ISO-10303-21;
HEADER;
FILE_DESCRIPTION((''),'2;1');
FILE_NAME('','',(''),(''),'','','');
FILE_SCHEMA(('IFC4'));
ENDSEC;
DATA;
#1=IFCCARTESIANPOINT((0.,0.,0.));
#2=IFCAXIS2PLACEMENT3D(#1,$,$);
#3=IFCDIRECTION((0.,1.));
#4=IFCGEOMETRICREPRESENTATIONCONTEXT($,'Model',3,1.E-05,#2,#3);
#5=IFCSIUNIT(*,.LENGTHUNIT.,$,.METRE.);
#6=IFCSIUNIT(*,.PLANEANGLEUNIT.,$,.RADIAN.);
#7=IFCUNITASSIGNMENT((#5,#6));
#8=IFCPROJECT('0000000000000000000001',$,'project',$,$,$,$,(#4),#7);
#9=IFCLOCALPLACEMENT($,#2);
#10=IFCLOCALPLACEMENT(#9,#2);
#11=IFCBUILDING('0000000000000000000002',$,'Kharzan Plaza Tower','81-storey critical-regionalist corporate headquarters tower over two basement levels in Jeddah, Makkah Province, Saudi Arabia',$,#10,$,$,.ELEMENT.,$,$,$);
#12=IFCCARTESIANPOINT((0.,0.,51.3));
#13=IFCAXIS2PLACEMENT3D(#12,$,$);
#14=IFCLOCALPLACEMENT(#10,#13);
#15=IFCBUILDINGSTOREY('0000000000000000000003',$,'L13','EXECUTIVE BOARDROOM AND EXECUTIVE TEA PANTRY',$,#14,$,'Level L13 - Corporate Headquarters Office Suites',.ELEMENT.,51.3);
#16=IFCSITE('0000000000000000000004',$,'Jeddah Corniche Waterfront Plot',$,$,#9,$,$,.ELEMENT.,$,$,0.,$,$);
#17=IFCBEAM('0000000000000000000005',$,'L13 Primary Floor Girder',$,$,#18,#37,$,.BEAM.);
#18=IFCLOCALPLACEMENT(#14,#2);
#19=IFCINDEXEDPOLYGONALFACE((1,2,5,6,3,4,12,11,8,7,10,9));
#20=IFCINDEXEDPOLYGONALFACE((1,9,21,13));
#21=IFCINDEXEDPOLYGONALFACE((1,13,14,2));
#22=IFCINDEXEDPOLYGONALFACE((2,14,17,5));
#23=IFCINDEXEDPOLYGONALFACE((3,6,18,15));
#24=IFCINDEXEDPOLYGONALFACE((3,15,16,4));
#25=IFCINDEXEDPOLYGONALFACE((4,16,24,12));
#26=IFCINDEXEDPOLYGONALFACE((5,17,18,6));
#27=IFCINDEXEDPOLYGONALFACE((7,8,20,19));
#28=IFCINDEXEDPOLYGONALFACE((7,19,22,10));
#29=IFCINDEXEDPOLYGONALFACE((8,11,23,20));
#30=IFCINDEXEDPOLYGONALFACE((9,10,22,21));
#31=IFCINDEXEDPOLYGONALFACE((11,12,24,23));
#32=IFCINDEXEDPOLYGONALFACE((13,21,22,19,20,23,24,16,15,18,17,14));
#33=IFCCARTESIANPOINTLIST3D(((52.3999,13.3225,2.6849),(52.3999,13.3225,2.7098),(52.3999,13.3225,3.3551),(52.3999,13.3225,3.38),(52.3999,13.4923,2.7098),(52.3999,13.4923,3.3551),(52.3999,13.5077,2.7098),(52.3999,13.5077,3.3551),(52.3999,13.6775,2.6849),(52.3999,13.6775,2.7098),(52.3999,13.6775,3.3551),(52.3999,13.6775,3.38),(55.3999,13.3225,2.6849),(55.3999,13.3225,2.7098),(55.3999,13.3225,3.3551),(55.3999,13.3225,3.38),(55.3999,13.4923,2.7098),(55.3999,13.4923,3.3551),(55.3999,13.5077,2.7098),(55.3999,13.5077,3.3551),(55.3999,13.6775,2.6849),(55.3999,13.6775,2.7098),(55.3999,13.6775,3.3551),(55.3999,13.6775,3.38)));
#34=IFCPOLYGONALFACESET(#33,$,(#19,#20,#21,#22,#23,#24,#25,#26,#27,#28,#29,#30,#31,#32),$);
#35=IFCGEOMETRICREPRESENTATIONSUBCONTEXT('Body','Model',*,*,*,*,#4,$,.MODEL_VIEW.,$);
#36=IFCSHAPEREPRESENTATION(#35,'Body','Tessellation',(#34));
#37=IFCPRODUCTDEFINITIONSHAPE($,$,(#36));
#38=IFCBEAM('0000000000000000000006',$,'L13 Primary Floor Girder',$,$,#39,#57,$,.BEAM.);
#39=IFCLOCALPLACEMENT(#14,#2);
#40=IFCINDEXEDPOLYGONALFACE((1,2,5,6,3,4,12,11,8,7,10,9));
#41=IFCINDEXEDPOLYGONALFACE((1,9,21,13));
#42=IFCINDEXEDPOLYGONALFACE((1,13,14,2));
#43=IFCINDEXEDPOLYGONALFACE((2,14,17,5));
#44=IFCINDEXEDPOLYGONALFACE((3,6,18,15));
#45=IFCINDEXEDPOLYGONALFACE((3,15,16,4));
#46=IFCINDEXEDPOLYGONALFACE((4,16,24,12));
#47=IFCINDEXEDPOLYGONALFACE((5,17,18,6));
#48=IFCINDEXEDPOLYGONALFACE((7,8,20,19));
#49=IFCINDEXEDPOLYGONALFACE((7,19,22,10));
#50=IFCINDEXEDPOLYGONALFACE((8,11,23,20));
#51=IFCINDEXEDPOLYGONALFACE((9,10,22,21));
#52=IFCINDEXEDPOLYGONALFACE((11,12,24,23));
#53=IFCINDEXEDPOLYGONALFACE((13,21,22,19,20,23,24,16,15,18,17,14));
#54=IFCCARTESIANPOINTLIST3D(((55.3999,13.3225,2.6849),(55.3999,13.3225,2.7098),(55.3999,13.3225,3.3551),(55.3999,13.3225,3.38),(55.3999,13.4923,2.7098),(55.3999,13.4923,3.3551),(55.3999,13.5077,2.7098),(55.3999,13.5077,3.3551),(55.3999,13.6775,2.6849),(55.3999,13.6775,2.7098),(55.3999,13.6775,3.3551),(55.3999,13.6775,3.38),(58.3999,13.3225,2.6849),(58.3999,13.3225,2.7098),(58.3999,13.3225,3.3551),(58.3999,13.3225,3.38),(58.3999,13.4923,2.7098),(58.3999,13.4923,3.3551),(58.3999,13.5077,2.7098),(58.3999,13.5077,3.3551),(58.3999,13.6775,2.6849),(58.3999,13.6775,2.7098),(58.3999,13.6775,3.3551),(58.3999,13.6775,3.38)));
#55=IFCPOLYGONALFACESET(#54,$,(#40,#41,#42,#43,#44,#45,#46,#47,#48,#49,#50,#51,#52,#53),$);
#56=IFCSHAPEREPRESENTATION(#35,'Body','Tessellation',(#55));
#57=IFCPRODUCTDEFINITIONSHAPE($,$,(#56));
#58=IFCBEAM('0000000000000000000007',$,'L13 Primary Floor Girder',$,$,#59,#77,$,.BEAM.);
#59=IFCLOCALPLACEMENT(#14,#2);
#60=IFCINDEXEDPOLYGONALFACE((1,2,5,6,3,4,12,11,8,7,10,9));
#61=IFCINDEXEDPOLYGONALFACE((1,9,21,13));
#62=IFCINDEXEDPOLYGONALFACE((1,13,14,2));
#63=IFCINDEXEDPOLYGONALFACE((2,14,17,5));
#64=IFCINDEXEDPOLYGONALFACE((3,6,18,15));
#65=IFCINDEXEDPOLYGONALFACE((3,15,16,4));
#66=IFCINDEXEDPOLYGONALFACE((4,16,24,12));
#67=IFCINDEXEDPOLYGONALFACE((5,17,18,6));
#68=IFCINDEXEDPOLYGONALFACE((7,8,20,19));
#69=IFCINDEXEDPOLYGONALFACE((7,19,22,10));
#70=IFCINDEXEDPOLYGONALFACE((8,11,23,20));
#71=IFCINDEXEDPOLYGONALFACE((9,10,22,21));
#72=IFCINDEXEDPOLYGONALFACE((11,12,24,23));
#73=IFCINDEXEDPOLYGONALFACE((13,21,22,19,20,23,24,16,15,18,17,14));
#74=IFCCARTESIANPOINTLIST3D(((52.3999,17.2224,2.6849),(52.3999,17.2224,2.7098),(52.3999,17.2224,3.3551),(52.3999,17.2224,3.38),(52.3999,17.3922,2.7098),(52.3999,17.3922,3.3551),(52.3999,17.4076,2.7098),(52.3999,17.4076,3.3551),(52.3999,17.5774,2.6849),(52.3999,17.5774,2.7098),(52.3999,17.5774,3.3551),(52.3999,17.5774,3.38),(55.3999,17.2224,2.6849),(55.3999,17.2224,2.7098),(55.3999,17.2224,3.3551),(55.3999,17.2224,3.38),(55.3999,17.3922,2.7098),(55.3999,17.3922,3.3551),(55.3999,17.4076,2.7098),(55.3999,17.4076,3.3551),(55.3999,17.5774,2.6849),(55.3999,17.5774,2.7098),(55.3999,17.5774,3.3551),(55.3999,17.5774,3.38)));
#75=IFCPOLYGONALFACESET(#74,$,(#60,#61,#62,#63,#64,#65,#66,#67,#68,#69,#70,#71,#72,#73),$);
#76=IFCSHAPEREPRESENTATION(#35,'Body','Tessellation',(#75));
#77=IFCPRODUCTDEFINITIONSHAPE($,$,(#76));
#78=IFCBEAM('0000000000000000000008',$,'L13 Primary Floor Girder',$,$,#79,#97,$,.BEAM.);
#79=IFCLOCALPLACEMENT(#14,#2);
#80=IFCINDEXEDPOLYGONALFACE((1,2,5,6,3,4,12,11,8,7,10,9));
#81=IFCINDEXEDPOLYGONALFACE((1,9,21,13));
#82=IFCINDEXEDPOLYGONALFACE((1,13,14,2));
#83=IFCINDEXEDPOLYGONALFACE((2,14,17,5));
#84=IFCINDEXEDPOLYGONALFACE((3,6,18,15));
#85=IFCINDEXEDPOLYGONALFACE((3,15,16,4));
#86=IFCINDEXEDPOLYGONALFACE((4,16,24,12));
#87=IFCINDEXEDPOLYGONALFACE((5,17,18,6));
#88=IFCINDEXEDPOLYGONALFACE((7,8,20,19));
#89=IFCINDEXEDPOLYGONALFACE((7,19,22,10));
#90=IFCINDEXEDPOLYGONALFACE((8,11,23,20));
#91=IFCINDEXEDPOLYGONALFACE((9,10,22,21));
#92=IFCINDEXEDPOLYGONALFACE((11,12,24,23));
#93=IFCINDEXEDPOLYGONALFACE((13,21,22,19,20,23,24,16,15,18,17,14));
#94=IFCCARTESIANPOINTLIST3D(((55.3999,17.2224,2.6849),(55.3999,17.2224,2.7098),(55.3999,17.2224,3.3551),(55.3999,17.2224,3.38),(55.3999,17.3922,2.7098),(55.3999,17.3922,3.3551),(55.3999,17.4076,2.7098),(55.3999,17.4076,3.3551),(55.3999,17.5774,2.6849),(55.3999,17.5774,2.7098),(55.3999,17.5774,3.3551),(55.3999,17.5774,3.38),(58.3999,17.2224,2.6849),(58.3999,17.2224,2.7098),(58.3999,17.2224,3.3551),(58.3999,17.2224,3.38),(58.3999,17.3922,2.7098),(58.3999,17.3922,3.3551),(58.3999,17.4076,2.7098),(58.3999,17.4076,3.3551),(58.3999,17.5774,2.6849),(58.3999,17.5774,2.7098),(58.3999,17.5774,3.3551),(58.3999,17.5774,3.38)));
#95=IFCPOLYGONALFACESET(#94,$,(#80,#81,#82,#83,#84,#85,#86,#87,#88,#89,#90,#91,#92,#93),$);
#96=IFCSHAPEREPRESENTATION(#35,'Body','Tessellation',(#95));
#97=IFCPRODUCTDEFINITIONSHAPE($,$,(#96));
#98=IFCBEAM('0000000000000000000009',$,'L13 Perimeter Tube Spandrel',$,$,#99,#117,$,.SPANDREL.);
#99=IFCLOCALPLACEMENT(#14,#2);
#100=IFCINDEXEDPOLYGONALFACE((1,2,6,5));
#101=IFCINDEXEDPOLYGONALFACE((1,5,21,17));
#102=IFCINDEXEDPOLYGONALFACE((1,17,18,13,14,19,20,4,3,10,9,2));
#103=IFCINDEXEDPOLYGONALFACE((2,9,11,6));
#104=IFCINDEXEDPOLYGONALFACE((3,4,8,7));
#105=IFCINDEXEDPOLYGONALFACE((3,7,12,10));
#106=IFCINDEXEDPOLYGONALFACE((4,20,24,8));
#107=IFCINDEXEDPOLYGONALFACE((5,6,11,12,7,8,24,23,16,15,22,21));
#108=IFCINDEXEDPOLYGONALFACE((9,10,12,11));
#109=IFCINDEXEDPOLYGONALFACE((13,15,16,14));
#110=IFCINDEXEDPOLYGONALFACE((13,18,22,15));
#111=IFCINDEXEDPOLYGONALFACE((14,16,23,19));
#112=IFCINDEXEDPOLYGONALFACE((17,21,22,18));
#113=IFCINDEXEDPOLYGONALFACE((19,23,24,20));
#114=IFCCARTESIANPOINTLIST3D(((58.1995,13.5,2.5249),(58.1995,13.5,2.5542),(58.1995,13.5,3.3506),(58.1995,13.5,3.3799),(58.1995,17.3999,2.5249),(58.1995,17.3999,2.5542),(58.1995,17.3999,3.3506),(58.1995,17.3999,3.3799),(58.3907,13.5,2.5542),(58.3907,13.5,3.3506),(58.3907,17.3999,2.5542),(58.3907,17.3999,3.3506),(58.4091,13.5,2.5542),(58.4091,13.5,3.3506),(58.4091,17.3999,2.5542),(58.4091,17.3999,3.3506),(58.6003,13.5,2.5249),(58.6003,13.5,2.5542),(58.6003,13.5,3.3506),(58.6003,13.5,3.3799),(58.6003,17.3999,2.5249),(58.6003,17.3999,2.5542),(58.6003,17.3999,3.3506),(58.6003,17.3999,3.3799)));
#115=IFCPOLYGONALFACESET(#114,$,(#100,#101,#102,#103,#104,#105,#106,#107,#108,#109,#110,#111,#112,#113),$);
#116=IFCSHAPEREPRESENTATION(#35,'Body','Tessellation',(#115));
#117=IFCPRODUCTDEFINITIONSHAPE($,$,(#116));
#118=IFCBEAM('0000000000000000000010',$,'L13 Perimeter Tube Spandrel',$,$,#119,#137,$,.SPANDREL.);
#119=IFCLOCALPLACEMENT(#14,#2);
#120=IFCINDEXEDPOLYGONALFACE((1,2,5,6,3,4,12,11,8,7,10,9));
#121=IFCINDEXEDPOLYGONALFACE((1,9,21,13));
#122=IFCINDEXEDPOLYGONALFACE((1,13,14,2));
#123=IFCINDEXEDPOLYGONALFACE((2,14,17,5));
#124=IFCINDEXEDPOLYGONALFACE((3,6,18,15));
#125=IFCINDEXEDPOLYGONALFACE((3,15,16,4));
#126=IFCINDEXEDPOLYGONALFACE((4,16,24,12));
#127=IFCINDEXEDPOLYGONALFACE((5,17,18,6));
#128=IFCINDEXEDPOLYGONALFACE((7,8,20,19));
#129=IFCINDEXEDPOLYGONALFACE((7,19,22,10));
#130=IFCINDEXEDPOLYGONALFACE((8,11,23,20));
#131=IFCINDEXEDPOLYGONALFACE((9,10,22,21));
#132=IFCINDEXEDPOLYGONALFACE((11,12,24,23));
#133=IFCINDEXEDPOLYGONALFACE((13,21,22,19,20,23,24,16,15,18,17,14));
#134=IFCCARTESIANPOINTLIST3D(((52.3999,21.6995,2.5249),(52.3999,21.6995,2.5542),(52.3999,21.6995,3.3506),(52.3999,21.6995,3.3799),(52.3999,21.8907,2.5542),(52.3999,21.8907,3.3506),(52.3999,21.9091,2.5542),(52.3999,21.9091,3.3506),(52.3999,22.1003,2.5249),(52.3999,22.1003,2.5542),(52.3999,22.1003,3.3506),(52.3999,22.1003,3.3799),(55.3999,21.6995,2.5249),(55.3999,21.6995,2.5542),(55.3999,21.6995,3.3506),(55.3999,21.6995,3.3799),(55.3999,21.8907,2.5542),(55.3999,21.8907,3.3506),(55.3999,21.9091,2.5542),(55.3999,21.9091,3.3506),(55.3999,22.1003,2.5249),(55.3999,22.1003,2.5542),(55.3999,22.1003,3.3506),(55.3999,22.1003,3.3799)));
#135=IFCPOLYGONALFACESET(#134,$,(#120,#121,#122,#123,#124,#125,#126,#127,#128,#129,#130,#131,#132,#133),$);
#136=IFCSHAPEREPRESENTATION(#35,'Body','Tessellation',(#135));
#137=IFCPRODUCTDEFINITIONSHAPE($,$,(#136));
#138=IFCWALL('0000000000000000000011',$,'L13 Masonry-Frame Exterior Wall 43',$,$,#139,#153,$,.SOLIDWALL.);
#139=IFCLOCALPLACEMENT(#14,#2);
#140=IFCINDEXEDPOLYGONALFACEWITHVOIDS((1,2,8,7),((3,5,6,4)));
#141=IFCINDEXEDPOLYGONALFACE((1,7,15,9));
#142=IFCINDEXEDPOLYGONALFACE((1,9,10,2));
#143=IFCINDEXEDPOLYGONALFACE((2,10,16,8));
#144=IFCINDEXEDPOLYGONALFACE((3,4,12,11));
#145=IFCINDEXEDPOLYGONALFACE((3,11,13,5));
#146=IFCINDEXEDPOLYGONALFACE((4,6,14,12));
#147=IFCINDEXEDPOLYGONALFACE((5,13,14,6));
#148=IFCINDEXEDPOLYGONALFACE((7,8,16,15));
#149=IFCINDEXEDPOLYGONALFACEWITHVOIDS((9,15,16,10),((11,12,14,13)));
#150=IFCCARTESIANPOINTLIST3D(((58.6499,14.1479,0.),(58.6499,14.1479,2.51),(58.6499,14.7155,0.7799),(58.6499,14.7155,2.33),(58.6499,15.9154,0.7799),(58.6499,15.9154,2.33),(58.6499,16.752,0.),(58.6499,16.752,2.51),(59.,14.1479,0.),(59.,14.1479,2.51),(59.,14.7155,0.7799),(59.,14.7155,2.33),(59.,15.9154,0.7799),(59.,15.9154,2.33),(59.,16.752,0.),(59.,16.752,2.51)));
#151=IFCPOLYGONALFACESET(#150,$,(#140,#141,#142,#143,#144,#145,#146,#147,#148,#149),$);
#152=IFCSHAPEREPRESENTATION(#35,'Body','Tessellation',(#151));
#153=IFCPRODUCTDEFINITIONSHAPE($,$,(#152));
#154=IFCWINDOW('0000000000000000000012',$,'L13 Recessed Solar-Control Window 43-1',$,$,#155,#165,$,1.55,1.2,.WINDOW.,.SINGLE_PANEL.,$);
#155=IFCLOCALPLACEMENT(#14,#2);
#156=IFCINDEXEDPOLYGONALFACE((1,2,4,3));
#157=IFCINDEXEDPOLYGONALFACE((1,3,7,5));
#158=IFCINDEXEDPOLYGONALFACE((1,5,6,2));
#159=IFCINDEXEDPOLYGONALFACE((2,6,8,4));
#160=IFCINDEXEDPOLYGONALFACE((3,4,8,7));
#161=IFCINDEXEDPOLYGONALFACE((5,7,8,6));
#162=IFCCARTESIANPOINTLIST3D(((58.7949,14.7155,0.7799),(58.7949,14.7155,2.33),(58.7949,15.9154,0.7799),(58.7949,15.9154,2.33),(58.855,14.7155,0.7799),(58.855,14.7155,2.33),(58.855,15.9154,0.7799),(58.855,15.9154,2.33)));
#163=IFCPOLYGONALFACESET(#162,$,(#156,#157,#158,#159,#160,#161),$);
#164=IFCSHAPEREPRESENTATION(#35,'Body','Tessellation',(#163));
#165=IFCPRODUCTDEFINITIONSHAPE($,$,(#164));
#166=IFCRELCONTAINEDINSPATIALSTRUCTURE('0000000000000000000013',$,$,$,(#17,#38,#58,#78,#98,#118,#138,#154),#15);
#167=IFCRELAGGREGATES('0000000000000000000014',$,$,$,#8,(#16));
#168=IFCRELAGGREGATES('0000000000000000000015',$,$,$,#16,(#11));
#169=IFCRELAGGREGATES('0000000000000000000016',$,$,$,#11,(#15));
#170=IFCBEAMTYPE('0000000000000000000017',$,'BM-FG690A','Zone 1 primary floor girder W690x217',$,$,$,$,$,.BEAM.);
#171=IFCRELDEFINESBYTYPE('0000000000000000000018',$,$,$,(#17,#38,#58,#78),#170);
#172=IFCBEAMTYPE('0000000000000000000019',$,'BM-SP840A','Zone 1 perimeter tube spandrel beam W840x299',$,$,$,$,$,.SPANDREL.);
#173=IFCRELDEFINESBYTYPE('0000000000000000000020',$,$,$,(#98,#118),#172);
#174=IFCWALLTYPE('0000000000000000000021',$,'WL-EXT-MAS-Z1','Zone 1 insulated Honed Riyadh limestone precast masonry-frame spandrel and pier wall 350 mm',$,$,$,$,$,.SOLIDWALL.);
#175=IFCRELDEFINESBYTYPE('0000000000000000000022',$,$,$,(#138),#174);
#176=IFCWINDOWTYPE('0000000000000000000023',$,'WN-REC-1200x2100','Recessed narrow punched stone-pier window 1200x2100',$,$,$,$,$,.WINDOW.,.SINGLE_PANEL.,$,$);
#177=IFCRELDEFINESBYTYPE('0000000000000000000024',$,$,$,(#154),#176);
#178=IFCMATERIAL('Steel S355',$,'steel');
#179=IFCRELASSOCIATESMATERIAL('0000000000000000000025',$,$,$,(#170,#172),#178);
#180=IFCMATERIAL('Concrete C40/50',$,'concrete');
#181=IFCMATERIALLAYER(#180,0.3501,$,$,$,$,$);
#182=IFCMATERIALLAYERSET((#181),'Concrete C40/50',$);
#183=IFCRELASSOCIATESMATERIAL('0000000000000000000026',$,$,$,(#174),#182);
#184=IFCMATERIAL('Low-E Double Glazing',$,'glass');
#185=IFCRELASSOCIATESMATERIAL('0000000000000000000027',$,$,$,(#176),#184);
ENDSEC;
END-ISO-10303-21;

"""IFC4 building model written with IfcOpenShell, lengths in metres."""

from ifc_helpers import new_model, si_unit, direction, frame, frame_2d, origin, origin_2d, place, context, subcontext, project, spatial, rectangle, i_section, extrude, source, transform, mapped, material, layer, layer_set, material_profile, profile_set, type_object, element, fill, save


model = new_model("IFC4")

# Units and contexts
model_context = context("Model", 3, precision=1e-05, world=origin(), true_north=direction((0.0, 1.0)))
body_context = subcontext(model_context, "Body", "Model", "MODEL_VIEW")
ifc_project = project(units=[si_unit("LENGTHUNIT", "METRE"), si_unit("PLANEANGLEUNIT", "RADIAN")], contexts=[model_context])

# Site, building, storey
site_placement = place(None, origin())
site = spatial("IfcSite", under=ifc_project, at=site_placement, Name="Jeddah Corniche Waterfront Plot", CompositionType="ELEMENT", RefElevation=0.0)
building_placement = place(site_placement, origin())
building = spatial("IfcBuilding", under=site, at=building_placement, Name="Kharzan Plaza Tower", Description="81-storey critical-regionalist corporate headquarters tower over two basement levels in Jeddah, Makkah Province, Saudi Arabia", CompositionType="ELEMENT")
storey_placement = place(building_placement, frame((0.0, 0.0, 51.3)))
storey = spatial("IfcBuildingStorey", under=building, at=storey_placement, Name="L13", Description="EXECUTIVE BOARDROOM AND EXECUTIVE TEA PANTRY", LongName="Level L13 - Corporate Headquarters Office Suites", CompositionType="ELEMENT", Elevation=51.3)

# Beams
ifc_material_1 = material(Name="Steel S355", Category="steel")
ifc_material_profile_1 = material_profile(ifc_material_1, i_section(OverallWidth=0.355, OverallDepth=0.6951, WebThickness=0.0154, FlangeThickness=0.0249, at=origin_2d()), Name="W690x217")
ifc_profile_set_1 = profile_set([ifc_material_profile_1], Name="Steel S355")
beam_type_1 = type_object("IfcBeamType", Name="BM-FG690A", Description="Zone 1 primary floor girder W690x217", PredefinedType="BEAM", material=ifc_profile_set_1)
shared_shape_1 = source(origin(), body_context, "Body", "SweptSolid", [
    extrude(i_section(OverallWidth=0.355, OverallDepth=0.6951, WebThickness=0.0154, FlangeThickness=0.0249, at=origin_2d()), origin(), (0.0, 0.0, 1.0), 3.0),
])
for number, where, z_axis, x_axis, name in (
    (1, (52.3999, 13.5, 3.0325), (1.0, 0.0, 0.0), (0.0, 1.0, 0.0), "L13 Primary Floor Girder"),
    (2, (55.3999, 13.5, 3.0325), (1.0, 0.0, 0.0), (0.0, 1.0, 0.0), "L13 Primary Floor Girder"),
    (3, (52.3999, 17.3999, 3.0325), (1.0, 0.0, 0.0), (0.0, 1.0, 0.0), "L13 Primary Floor Girder"),
    (4, (55.3999, 17.3999, 3.0325), (1.0, 0.0, 0.0), (0.0, 1.0, 0.0), "L13 Primary Floor Girder"),
):
    element("IfcBeam", number, at=place(storey_placement, frame(where, z_axis=z_axis, x_axis=x_axis)), inside=storey, type_object=beam_type_1, Name=name, PredefinedType="BEAM", context=body_context, shape_type="MappedRepresentation", body=[
        mapped(shared_shape_1, transform((0.0, 0.0, 0.0), x_axis=(1.0, 0.0, 0.0), y_axis=(0.0, 1.0, 0.0), z_axis=(0.0, 0.0, 1.0))),
    ])
ifc_material_profile_2 = material_profile(ifc_material_1, i_section(OverallWidth=0.4009, OverallDepth=0.855, WebThickness=0.0183, FlangeThickness=0.0293, at=origin_2d()), Name="W840x299")
ifc_profile_set_2 = profile_set([ifc_material_profile_2], Name="Steel S355")
beam_type_2 = type_object("IfcBeamType", Name="BM-SP840A", Description="Zone 1 perimeter tube spandrel beam W840x299", PredefinedType="SPANDREL", material=ifc_profile_set_2)
shared_shape_2 = source(origin(), body_context, "Body", "SweptSolid", [
    extrude(i_section(OverallWidth=0.4009, OverallDepth=0.855, WebThickness=0.0183, FlangeThickness=0.0293, at=origin_2d()), origin(), (0.0, 0.0, 1.0), 3.8999),
])
beam_1_placement = place(storey_placement, frame((58.3999, 13.5, 2.9524), z_axis=(0.0, 1.0, 0.0), x_axis=(-1.0, 0.0, 0.0)))
element("IfcBeam", 5, at=beam_1_placement, inside=storey, type_object=beam_type_2, Name="L13 Perimeter Tube Spandrel", PredefinedType="SPANDREL", context=body_context, shape_type="MappedRepresentation", body=[
    mapped(shared_shape_2, transform((0.0, 0.0, 0.0), x_axis=(1.0, 0.0, 0.0), y_axis=(0.0, 1.0, 0.0), z_axis=(0.0, 0.0, 1.0))),
])
shared_shape_3 = source(origin(), body_context, "Body", "SweptSolid", [
    extrude(i_section(OverallWidth=0.4009, OverallDepth=0.855, WebThickness=0.0183, FlangeThickness=0.0293, at=origin_2d()), origin(), (0.0, 0.0, 1.0), 3.0),
])
beam_2_placement = place(storey_placement, frame((52.3999, 21.8999, 2.9524), z_axis=(1.0, 0.0, 0.0), x_axis=(0.0, 1.0, 0.0)))
element("IfcBeam", 6, at=beam_2_placement, inside=storey, type_object=beam_type_2, Name="L13 Perimeter Tube Spandrel", PredefinedType="SPANDREL", context=body_context, shape_type="MappedRepresentation", body=[
    mapped(shared_shape_3, transform((0.0, 0.0, 0.0), x_axis=(1.0, 0.0, 0.0), y_axis=(0.0, 1.0, 0.0), z_axis=(0.0, 0.0, 1.0))),
])

# Wall, opening, window
ifc_material_2 = material(Name="Concrete C40/50", Category="concrete")
ifc_layer_1 = layer(ifc_material_2, 0.3501)
ifc_layer_set_1 = layer_set([ifc_layer_1], Name="Concrete C40/50")
wall_type_1 = type_object("IfcWallType", Name="WL-EXT-MAS-Z1", Description="Zone 1 insulated Honed Riyadh limestone precast masonry-frame spandrel and pier wall 350 mm", PredefinedType="SOLIDWALL", material=ifc_layer_set_1)
wall_1_placement = place(storey_placement, frame((58.825, 14.1479, 0.0), z_axis=(0.0, 0.0, 1.0), x_axis=(0.0, 1.0, 0.0)))
wall_1 = element("IfcWall", 7, at=wall_1_placement, inside=storey, type_object=wall_type_1, Name="L13 Masonry-Frame Exterior Wall 43", PredefinedType="SOLIDWALL", context=body_context, shape_type="SweptSolid", body=[
    extrude(rectangle(XDim=2.604, YDim=0.3501, at=frame_2d((1.302, 0.0))), origin(), (0.0, 0.0, 1.0), 2.51),
])
opening_1_placement = place(wall_1_placement, frame((0.5674, 0.0, 0.78)))
opening_1 = element("IfcOpeningElement", 8, at=opening_1_placement, cuts=wall_1, PredefinedType="OPENING", context=body_context, shape_type="SweptSolid", body=[
    extrude(rectangle(XDim=1.2, YDim=1.55, at=frame_2d((0.6001, 0.7749))), frame((0.0, 0.1851, 0.0), z_axis=(0.0, -1.0, 0.0), x_axis=(1.0, 0.0, 0.0)), (0.0, 0.0, 1.0), 0.3701),
])
ifc_material_3 = material(Name="Low-E Double Glazing", Category="glass")
window_type_1 = type_object("IfcWindowType", Name="WN-REC-1200x2100", Description="Recessed narrow punched stone-pier window 1200x2100", PartitioningType="SINGLE_PANEL", PredefinedType="WINDOW", material=ifc_material_3)
shared_shape_4 = source(origin(), body_context, "Body", "SweptSolid", [
    extrude(rectangle(XDim=1.2, YDim=1.55, at=frame_2d((0.6001, 0.7749))), frame((0.0, 0.03, 0.0), z_axis=(0.0, -1.0, 0.0), x_axis=(1.0, 0.0, 0.0)), (0.0, 0.0, 1.0), 0.0601),
])
window_1_placement = place(opening_1_placement, origin())
window_1 = element("IfcWindow", 9, at=window_1_placement, inside=storey, type_object=window_type_1, Name="L13 Recessed Solar-Control Window 43-1", OverallHeight=1.55, OverallWidth=1.2, PartitioningType="SINGLE_PANEL", PredefinedType="WINDOW", context=body_context, shape_type="MappedRepresentation", body=[
    mapped(shared_shape_4, transform((0.0, 0.0, 0.0), x_axis=(1.0, 0.0, 0.0), y_axis=(0.0, 1.0, 0.0), z_axis=(0.0, 0.0, 1.0))),
])
fill(opening_1, window_1)

save(model, "model.ifc")
